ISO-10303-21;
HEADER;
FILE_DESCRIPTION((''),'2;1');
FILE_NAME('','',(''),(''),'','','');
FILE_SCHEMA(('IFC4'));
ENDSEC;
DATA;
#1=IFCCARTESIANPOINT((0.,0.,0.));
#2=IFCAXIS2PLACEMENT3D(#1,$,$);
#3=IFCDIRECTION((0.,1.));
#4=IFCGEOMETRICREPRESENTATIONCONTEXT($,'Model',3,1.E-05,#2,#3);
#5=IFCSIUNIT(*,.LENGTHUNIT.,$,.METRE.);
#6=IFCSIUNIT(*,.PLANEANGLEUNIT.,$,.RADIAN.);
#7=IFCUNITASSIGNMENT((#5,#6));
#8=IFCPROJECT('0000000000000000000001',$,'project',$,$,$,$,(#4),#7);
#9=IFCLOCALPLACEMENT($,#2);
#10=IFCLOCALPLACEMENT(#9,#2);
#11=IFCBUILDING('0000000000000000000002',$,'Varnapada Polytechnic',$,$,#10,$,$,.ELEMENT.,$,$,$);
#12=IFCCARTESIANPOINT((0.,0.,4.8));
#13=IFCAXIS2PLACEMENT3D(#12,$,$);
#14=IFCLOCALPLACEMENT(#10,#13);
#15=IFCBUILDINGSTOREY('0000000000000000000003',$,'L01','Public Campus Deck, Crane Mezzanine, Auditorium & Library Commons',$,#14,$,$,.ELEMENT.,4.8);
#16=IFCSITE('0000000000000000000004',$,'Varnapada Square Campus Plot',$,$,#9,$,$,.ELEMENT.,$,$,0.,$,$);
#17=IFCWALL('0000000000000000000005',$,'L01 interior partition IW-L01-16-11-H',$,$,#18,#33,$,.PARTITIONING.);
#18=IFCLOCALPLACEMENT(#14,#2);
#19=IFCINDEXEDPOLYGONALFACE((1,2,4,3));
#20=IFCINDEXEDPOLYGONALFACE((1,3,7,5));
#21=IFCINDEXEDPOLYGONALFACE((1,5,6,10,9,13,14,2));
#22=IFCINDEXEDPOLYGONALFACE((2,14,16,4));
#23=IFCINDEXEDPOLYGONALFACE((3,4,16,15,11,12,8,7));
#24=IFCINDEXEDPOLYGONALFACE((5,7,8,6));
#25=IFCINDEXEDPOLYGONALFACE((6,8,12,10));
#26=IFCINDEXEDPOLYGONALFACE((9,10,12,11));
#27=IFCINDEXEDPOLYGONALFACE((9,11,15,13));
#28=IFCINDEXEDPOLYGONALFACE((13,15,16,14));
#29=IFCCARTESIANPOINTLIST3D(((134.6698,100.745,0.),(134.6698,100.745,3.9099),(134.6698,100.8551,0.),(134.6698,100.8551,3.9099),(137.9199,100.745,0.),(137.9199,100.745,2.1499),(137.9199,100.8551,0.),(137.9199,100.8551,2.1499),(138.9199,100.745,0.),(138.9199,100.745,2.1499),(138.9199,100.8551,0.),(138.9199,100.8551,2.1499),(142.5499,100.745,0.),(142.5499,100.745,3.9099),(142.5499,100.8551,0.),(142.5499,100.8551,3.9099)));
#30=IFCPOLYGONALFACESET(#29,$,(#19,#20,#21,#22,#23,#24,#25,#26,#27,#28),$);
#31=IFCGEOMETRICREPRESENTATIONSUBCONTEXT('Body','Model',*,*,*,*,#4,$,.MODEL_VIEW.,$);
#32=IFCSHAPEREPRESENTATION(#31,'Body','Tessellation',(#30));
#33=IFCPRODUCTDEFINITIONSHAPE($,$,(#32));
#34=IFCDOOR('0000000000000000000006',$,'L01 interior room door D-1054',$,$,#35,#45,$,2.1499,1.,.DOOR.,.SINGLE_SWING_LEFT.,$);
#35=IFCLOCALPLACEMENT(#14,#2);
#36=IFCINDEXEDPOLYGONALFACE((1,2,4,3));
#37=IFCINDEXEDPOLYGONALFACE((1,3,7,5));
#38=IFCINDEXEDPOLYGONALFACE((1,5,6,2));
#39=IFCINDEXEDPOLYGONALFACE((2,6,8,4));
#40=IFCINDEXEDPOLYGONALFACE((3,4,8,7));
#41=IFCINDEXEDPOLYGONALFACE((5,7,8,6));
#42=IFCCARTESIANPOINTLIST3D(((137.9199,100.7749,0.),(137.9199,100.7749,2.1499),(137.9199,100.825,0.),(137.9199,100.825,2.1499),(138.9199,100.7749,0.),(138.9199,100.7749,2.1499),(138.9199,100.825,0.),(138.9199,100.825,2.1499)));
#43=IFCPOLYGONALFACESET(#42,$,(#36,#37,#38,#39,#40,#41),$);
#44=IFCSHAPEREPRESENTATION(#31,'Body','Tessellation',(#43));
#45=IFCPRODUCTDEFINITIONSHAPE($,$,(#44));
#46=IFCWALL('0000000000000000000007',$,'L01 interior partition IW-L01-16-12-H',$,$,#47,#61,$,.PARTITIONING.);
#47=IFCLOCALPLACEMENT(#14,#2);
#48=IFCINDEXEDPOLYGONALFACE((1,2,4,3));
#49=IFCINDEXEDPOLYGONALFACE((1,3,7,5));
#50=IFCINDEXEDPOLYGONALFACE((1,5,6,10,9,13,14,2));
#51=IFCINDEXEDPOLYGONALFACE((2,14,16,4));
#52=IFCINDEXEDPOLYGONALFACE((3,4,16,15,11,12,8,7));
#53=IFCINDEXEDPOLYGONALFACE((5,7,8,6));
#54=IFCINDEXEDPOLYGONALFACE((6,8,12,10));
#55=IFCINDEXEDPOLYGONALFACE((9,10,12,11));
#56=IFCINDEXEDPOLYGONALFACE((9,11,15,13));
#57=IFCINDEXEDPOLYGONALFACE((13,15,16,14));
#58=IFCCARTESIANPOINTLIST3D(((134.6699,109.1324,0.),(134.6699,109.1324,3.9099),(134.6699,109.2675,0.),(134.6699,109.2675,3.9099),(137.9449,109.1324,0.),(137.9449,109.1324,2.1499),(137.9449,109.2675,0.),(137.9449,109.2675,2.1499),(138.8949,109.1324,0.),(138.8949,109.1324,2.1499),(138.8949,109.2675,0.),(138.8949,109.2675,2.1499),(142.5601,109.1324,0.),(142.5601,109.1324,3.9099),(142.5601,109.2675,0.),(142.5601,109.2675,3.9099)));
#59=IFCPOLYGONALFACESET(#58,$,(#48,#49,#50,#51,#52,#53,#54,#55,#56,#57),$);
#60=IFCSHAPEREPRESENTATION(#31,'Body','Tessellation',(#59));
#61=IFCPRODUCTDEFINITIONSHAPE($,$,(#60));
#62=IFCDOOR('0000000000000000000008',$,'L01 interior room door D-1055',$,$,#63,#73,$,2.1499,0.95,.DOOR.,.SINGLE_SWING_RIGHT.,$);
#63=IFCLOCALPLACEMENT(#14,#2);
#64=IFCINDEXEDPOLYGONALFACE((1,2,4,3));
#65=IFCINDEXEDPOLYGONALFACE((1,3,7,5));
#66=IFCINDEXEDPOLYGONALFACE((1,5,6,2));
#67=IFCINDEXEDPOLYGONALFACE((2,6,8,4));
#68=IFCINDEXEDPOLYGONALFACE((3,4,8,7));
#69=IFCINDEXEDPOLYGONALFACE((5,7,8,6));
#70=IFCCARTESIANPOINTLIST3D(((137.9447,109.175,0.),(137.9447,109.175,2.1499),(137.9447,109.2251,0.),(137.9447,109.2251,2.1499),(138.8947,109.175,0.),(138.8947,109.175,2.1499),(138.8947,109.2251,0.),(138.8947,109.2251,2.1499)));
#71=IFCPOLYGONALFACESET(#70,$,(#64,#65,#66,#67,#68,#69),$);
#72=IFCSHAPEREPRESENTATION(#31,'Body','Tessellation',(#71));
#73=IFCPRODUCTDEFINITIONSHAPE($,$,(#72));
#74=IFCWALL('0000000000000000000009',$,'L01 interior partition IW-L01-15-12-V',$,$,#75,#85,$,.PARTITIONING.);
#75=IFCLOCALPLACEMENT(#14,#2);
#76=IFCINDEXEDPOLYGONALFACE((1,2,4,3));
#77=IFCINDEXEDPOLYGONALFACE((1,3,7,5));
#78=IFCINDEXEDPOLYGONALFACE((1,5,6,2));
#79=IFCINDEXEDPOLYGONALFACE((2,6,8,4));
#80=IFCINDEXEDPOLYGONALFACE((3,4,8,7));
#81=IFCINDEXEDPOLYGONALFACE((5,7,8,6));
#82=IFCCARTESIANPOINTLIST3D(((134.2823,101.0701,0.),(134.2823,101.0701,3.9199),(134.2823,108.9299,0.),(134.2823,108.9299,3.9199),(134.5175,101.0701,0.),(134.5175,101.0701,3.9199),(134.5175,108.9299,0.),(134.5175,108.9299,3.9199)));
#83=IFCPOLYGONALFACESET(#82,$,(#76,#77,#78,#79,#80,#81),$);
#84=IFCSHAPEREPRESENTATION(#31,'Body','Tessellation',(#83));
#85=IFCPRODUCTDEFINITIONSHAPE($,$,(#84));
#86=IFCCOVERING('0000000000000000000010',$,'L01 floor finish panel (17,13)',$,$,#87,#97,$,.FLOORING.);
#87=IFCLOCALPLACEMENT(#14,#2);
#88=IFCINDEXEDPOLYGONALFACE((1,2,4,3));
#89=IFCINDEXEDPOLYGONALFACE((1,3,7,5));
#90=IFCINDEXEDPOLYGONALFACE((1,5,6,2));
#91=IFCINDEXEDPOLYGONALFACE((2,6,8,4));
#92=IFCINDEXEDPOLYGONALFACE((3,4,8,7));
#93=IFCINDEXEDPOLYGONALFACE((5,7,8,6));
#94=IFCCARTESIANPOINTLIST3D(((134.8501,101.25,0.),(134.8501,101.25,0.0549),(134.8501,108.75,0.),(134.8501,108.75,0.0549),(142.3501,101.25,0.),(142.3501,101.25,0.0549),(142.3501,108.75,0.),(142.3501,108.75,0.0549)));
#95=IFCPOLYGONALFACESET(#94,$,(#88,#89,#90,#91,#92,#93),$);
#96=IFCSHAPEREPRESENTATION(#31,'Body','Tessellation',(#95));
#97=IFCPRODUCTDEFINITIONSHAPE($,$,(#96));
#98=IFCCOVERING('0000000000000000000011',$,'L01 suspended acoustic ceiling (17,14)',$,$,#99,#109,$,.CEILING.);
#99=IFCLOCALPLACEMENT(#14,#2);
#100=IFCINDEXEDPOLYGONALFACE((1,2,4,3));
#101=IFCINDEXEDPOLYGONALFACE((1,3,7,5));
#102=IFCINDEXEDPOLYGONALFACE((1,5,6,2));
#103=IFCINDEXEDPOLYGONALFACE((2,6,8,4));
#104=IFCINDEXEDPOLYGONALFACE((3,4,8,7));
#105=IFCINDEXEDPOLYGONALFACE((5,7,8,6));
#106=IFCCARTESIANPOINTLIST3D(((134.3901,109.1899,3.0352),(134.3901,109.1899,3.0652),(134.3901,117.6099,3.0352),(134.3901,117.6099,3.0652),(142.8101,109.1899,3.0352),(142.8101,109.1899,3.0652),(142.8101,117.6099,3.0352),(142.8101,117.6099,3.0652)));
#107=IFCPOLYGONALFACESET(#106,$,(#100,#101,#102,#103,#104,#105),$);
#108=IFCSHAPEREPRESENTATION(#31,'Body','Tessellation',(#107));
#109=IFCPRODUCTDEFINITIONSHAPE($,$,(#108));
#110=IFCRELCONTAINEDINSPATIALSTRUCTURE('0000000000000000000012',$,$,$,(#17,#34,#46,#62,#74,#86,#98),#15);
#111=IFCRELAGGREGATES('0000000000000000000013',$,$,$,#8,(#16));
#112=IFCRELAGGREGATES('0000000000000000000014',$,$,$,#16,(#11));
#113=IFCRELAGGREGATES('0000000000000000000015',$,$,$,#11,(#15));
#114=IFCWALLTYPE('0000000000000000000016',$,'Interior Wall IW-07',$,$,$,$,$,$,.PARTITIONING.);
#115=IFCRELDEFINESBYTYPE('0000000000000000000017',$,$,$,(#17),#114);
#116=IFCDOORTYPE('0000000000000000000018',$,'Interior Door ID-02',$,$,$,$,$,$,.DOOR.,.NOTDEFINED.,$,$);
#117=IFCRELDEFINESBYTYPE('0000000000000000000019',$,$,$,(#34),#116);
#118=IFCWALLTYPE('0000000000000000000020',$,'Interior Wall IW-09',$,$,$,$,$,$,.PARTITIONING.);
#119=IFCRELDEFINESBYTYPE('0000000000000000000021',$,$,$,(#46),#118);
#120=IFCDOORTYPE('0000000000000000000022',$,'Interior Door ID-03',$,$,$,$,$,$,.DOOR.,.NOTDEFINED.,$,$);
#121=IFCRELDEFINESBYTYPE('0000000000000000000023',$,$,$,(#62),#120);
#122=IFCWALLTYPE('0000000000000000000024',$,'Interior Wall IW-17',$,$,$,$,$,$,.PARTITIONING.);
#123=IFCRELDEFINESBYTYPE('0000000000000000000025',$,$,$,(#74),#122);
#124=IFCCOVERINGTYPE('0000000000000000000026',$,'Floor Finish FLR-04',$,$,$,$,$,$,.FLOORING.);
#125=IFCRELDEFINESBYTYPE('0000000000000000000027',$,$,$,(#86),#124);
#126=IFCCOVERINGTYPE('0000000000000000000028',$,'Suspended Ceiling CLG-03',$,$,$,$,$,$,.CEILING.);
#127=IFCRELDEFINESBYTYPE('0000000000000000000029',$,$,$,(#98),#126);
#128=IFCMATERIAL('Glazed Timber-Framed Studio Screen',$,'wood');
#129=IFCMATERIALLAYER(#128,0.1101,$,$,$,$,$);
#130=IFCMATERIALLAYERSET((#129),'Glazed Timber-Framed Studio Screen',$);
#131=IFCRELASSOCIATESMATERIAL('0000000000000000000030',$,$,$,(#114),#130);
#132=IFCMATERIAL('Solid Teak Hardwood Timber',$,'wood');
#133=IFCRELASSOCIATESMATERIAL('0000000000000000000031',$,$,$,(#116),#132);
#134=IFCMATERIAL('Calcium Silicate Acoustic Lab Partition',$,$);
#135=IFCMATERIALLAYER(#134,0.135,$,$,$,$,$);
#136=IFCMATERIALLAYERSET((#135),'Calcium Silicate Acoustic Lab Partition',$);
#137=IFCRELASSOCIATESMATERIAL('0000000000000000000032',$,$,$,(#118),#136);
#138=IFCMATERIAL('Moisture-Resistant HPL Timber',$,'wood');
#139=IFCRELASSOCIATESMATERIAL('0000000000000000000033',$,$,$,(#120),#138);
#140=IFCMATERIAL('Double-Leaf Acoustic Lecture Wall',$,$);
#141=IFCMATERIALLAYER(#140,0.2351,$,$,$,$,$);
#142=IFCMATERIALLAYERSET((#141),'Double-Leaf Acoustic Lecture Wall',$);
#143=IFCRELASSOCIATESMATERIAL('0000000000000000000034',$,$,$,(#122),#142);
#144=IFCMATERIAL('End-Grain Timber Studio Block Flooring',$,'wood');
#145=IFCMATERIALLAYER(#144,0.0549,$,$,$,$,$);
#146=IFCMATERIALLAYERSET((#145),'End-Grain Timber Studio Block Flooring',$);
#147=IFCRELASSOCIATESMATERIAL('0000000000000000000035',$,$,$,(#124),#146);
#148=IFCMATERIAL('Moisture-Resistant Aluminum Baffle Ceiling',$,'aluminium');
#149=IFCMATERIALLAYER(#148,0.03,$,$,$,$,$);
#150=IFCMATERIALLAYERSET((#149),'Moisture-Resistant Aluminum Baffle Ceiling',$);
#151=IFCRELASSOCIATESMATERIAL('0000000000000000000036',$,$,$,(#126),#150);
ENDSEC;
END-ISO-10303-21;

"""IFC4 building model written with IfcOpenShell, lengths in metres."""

from ifc_helpers import new_model, si_unit, direction, frame, frame_2d, origin, origin_2d, place, context, subcontext, project, spatial, rectangle, extrude, material, layer, layer_set, type_object, element, fill, save


model = new_model("IFC4")

# Units and contexts
model_context = context("Model", 3, precision=1e-05, world=origin(), true_north=direction((0.0, 1.0)))
body_context = subcontext(model_context, "Body", "Model", "MODEL_VIEW")
ifc_project = project(units=[si_unit("LENGTHUNIT", "METRE"), si_unit("PLANEANGLEUNIT", "RADIAN")], contexts=[model_context])

# Site, building, storey
site_placement = place(None, origin())
site = spatial("IfcSite", under=ifc_project, at=site_placement, Name="Varnapada Square Campus Plot", CompositionType="ELEMENT", RefElevation=0.0)
building_placement = place(site_placement, origin())
building = spatial("IfcBuilding", under=site, at=building_placement, Name="Varnapada Polytechnic", CompositionType="ELEMENT")
storey_placement = place(building_placement, frame((0.0, 0.0, 4.8)))
storey = spatial("IfcBuildingStorey", under=building, at=storey_placement, Name="L01", Description="Public Campus Deck, Crane Mezzanine, Auditorium & Library Commons", CompositionType="ELEMENT", Elevation=4.8)

# Walls, openings, doors
ifc_material_1 = material(Name="Glazed Timber-Framed Studio Screen", Category="wood")
ifc_layer_1 = layer(ifc_material_1, 0.1101)
ifc_layer_set_1 = layer_set([ifc_layer_1], Name="Glazed Timber-Framed Studio Screen")
wall_type_1 = type_object("IfcWallType", Name="Interior Wall IW-07", PredefinedType="PARTITIONING", material=ifc_layer_set_1)
wall_1_placement = place(storey_placement, frame((134.6699, 100.8, 0.0), z_axis=(0.0, 0.0, 1.0), x_axis=(1.0, 0.0, 0.0)))
wall_1 = element("IfcWall", 1, at=wall_1_placement, inside=storey, type_object=wall_type_1, Name="L01 interior partition IW-L01-16-11-H", PredefinedType="PARTITIONING", context=body_context, shape_type="SweptSolid", body=[
    extrude(rectangle(XDim=7.8801, YDim=0.1101, at=frame_2d((3.9399, 0.0))), origin(), (0.0, 0.0, 1.0), 3.9099),
])
opening_1_placement = place(wall_1_placement, frame((3.25, 0.0, 0.0)))
opening_1 = element("IfcOpeningElement", 2, at=opening_1_placement, cuts=wall_1, PredefinedType="OPENING", context=body_context, shape_type="SweptSolid", body=[
    extrude(rectangle(XDim=1.0, YDim=2.1499, at=frame_2d((0.5, 1.075))), frame((0.0, 0.0649, 0.0), z_axis=(0.0, -1.0, 0.0), x_axis=(1.0, 0.0, 0.0)), (0.0, 0.0, 1.0), 0.1301),
])
ifc_material_2 = material(Name="Solid Teak Hardwood Timber", Category="wood")
door_type_1 = type_object("IfcDoorType", Name="Interior Door ID-02", OperationType="NOTDEFINED", PredefinedType="DOOR", material=ifc_material_2)
door_1_placement = place(opening_1_placement, origin())
door_1 = element("IfcDoor", 3, at=door_1_placement, inside=storey, type_object=door_type_1, Name="L01 interior room door D-1054", OperationType="SINGLE_SWING_LEFT", OverallHeight=2.1499, OverallWidth=1.0, PredefinedType="DOOR", context=body_context, shape_type="SweptSolid", body=[
    extrude(rectangle(XDim=1.0, YDim=2.1499, at=frame_2d((0.5, 1.075))), frame((0.0, 0.0249, 0.0), z_axis=(0.0, -1.0, 0.0), x_axis=(1.0, 0.0, 0.0)), (0.0, 0.0, 1.0), 0.05),
])
fill(opening_1, door_1)
ifc_material_3 = material(Name="Calcium Silicate Acoustic Lab Partition")
ifc_layer_2 = layer(ifc_material_3, 0.135)
ifc_layer_set_2 = layer_set([ifc_layer_2], Name="Calcium Silicate Acoustic Lab Partition")
wall_type_2 = type_object("IfcWallType", Name="Interior Wall IW-09", PredefinedType="PARTITIONING", material=ifc_layer_set_2)
wall_2_placement = place(storey_placement, frame((134.6699, 109.2, 0.0), z_axis=(0.0, 0.0, 1.0), x_axis=(1.0, 0.0, 0.0)))
wall_2 = element("IfcWall", 4, at=wall_2_placement, inside=storey, type_object=wall_type_2, Name="L01 interior partition IW-L01-16-12-H", PredefinedType="PARTITIONING", context=body_context, shape_type="SweptSolid", body=[
    extrude(rectangle(XDim=7.8901, YDim=0.135, at=frame_2d((3.9451, 0.0))), origin(), (0.0, 0.0, 1.0), 3.9099),
])
opening_2_placement = place(wall_2_placement, frame((3.2749, 0.0, 0.0)))
opening_2 = element("IfcOpeningElement", 5, at=opening_2_placement, cuts=wall_2, PredefinedType="OPENING", context=body_context, shape_type="SweptSolid", body=[
    extrude(rectangle(XDim=0.95, YDim=2.1499, at=frame_2d((0.4751, 1.075))), frame((0.0, 0.0774, 0.0), z_axis=(0.0, -1.0, 0.0), x_axis=(1.0, 0.0, 0.0)), (0.0, 0.0, 1.0), 0.155),
])
ifc_material_4 = material(Name="Moisture-Resistant HPL Timber", Category="wood")
door_type_2 = type_object("IfcDoorType", Name="Interior Door ID-03", OperationType="NOTDEFINED", PredefinedType="DOOR", material=ifc_material_4)
door_2_placement = place(opening_2_placement, frame((0.95, 0.0, 0.0), z_axis=(0.0, 0.0, 1.0), x_axis=(-1.0, 0.0, 0.0)))
door_2 = element("IfcDoor", 6, at=door_2_placement, inside=storey, type_object=door_type_2, Name="L01 interior room door D-1055", OperationType="SINGLE_SWING_RIGHT", OverallHeight=2.1499, OverallWidth=0.95, PredefinedType="DOOR", context=body_context, shape_type="SweptSolid", body=[
    extrude(rectangle(XDim=0.95, YDim=2.1499, at=frame_2d((0.4751, 1.075))), frame((0.0, 0.0249, 0.0), z_axis=(0.0, -1.0, 0.0), x_axis=(1.0, 0.0, 0.0)), (0.0, 0.0, 1.0), 0.05),
])
fill(opening_2, door_2)

# Wall
ifc_material_5 = material(Name="Double-Leaf Acoustic Lecture Wall")
ifc_layer_3 = layer(ifc_material_5, 0.2351)
ifc_layer_set_3 = layer_set([ifc_layer_3], Name="Double-Leaf Acoustic Lecture Wall")
wall_type_3 = type_object("IfcWallType", Name="Interior Wall IW-17", PredefinedType="PARTITIONING", material=ifc_layer_set_3)
wall_3_placement = place(storey_placement, frame((134.3999, 101.0701, 0.0), z_axis=(0.0, 0.0, 1.0), x_axis=(0.0, 1.0, 0.0)))
element("IfcWall", 7, at=wall_3_placement, inside=storey, type_object=wall_type_3, Name="L01 interior partition IW-L01-15-12-V", PredefinedType="PARTITIONING", context=body_context, shape_type="SweptSolid", body=[
    extrude(rectangle(XDim=7.8599, YDim=0.2351, at=frame_2d((3.9299, 0.0))), origin(), (0.0, 0.0, 1.0), 3.9199),
])

# Coverings
ifc_material_6 = material(Name="End-Grain Timber Studio Block Flooring", Category="wood")
ifc_layer_4 = layer(ifc_material_6, 0.0549)
ifc_layer_set_4 = layer_set([ifc_layer_4], Name="End-Grain Timber Studio Block Flooring")
covering_type_1 = type_object("IfcCoveringType", Name="Floor Finish FLR-04", PredefinedType="FLOORING", material=ifc_layer_set_4)
covering_1_placement = place(storey_placement, frame((138.6001, 105.0, 0.0), z_axis=(0.0, 0.0, 1.0), x_axis=(1.0, 0.0, 0.0)))
element("IfcCovering", 8, at=covering_1_placement, inside=storey, type_object=covering_type_1, Name="L01 floor finish panel (17,13)", PredefinedType="FLOORING", context=body_context, shape_type="SweptSolid", body=[
    extrude(rectangle(XDim=7.5, YDim=7.5, at=origin_2d()), origin(), (0.0, 0.0, 1.0), 0.0549),
])
ifc_material_7 = material(Name="Moisture-Resistant Aluminum Baffle Ceiling", Category="aluminium")
ifc_layer_5 = layer(ifc_material_7, 0.03)
ifc_layer_set_5 = layer_set([ifc_layer_5], Name="Moisture-Resistant Aluminum Baffle Ceiling")
covering_type_2 = type_object("IfcCoveringType", Name="Suspended Ceiling CLG-03", PredefinedType="CEILING", material=ifc_layer_set_5)
covering_2_placement = place(storey_placement, frame((138.6001, 113.3999, 3.0352), z_axis=(0.0, 0.0, 1.0), x_axis=(1.0, 0.0, 0.0)))
element("IfcCovering", 9, at=covering_2_placement, inside=storey, type_object=covering_type_2, Name="L01 suspended acoustic ceiling (17,14)", PredefinedType="CEILING", context=body_context, shape_type="SweptSolid", body=[
    extrude(rectangle(XDim=8.4199, YDim=8.4199, at=origin_2d()), origin(), (0.0, 0.0, 1.0), 0.03),
])

save(model, "model.ifc")
